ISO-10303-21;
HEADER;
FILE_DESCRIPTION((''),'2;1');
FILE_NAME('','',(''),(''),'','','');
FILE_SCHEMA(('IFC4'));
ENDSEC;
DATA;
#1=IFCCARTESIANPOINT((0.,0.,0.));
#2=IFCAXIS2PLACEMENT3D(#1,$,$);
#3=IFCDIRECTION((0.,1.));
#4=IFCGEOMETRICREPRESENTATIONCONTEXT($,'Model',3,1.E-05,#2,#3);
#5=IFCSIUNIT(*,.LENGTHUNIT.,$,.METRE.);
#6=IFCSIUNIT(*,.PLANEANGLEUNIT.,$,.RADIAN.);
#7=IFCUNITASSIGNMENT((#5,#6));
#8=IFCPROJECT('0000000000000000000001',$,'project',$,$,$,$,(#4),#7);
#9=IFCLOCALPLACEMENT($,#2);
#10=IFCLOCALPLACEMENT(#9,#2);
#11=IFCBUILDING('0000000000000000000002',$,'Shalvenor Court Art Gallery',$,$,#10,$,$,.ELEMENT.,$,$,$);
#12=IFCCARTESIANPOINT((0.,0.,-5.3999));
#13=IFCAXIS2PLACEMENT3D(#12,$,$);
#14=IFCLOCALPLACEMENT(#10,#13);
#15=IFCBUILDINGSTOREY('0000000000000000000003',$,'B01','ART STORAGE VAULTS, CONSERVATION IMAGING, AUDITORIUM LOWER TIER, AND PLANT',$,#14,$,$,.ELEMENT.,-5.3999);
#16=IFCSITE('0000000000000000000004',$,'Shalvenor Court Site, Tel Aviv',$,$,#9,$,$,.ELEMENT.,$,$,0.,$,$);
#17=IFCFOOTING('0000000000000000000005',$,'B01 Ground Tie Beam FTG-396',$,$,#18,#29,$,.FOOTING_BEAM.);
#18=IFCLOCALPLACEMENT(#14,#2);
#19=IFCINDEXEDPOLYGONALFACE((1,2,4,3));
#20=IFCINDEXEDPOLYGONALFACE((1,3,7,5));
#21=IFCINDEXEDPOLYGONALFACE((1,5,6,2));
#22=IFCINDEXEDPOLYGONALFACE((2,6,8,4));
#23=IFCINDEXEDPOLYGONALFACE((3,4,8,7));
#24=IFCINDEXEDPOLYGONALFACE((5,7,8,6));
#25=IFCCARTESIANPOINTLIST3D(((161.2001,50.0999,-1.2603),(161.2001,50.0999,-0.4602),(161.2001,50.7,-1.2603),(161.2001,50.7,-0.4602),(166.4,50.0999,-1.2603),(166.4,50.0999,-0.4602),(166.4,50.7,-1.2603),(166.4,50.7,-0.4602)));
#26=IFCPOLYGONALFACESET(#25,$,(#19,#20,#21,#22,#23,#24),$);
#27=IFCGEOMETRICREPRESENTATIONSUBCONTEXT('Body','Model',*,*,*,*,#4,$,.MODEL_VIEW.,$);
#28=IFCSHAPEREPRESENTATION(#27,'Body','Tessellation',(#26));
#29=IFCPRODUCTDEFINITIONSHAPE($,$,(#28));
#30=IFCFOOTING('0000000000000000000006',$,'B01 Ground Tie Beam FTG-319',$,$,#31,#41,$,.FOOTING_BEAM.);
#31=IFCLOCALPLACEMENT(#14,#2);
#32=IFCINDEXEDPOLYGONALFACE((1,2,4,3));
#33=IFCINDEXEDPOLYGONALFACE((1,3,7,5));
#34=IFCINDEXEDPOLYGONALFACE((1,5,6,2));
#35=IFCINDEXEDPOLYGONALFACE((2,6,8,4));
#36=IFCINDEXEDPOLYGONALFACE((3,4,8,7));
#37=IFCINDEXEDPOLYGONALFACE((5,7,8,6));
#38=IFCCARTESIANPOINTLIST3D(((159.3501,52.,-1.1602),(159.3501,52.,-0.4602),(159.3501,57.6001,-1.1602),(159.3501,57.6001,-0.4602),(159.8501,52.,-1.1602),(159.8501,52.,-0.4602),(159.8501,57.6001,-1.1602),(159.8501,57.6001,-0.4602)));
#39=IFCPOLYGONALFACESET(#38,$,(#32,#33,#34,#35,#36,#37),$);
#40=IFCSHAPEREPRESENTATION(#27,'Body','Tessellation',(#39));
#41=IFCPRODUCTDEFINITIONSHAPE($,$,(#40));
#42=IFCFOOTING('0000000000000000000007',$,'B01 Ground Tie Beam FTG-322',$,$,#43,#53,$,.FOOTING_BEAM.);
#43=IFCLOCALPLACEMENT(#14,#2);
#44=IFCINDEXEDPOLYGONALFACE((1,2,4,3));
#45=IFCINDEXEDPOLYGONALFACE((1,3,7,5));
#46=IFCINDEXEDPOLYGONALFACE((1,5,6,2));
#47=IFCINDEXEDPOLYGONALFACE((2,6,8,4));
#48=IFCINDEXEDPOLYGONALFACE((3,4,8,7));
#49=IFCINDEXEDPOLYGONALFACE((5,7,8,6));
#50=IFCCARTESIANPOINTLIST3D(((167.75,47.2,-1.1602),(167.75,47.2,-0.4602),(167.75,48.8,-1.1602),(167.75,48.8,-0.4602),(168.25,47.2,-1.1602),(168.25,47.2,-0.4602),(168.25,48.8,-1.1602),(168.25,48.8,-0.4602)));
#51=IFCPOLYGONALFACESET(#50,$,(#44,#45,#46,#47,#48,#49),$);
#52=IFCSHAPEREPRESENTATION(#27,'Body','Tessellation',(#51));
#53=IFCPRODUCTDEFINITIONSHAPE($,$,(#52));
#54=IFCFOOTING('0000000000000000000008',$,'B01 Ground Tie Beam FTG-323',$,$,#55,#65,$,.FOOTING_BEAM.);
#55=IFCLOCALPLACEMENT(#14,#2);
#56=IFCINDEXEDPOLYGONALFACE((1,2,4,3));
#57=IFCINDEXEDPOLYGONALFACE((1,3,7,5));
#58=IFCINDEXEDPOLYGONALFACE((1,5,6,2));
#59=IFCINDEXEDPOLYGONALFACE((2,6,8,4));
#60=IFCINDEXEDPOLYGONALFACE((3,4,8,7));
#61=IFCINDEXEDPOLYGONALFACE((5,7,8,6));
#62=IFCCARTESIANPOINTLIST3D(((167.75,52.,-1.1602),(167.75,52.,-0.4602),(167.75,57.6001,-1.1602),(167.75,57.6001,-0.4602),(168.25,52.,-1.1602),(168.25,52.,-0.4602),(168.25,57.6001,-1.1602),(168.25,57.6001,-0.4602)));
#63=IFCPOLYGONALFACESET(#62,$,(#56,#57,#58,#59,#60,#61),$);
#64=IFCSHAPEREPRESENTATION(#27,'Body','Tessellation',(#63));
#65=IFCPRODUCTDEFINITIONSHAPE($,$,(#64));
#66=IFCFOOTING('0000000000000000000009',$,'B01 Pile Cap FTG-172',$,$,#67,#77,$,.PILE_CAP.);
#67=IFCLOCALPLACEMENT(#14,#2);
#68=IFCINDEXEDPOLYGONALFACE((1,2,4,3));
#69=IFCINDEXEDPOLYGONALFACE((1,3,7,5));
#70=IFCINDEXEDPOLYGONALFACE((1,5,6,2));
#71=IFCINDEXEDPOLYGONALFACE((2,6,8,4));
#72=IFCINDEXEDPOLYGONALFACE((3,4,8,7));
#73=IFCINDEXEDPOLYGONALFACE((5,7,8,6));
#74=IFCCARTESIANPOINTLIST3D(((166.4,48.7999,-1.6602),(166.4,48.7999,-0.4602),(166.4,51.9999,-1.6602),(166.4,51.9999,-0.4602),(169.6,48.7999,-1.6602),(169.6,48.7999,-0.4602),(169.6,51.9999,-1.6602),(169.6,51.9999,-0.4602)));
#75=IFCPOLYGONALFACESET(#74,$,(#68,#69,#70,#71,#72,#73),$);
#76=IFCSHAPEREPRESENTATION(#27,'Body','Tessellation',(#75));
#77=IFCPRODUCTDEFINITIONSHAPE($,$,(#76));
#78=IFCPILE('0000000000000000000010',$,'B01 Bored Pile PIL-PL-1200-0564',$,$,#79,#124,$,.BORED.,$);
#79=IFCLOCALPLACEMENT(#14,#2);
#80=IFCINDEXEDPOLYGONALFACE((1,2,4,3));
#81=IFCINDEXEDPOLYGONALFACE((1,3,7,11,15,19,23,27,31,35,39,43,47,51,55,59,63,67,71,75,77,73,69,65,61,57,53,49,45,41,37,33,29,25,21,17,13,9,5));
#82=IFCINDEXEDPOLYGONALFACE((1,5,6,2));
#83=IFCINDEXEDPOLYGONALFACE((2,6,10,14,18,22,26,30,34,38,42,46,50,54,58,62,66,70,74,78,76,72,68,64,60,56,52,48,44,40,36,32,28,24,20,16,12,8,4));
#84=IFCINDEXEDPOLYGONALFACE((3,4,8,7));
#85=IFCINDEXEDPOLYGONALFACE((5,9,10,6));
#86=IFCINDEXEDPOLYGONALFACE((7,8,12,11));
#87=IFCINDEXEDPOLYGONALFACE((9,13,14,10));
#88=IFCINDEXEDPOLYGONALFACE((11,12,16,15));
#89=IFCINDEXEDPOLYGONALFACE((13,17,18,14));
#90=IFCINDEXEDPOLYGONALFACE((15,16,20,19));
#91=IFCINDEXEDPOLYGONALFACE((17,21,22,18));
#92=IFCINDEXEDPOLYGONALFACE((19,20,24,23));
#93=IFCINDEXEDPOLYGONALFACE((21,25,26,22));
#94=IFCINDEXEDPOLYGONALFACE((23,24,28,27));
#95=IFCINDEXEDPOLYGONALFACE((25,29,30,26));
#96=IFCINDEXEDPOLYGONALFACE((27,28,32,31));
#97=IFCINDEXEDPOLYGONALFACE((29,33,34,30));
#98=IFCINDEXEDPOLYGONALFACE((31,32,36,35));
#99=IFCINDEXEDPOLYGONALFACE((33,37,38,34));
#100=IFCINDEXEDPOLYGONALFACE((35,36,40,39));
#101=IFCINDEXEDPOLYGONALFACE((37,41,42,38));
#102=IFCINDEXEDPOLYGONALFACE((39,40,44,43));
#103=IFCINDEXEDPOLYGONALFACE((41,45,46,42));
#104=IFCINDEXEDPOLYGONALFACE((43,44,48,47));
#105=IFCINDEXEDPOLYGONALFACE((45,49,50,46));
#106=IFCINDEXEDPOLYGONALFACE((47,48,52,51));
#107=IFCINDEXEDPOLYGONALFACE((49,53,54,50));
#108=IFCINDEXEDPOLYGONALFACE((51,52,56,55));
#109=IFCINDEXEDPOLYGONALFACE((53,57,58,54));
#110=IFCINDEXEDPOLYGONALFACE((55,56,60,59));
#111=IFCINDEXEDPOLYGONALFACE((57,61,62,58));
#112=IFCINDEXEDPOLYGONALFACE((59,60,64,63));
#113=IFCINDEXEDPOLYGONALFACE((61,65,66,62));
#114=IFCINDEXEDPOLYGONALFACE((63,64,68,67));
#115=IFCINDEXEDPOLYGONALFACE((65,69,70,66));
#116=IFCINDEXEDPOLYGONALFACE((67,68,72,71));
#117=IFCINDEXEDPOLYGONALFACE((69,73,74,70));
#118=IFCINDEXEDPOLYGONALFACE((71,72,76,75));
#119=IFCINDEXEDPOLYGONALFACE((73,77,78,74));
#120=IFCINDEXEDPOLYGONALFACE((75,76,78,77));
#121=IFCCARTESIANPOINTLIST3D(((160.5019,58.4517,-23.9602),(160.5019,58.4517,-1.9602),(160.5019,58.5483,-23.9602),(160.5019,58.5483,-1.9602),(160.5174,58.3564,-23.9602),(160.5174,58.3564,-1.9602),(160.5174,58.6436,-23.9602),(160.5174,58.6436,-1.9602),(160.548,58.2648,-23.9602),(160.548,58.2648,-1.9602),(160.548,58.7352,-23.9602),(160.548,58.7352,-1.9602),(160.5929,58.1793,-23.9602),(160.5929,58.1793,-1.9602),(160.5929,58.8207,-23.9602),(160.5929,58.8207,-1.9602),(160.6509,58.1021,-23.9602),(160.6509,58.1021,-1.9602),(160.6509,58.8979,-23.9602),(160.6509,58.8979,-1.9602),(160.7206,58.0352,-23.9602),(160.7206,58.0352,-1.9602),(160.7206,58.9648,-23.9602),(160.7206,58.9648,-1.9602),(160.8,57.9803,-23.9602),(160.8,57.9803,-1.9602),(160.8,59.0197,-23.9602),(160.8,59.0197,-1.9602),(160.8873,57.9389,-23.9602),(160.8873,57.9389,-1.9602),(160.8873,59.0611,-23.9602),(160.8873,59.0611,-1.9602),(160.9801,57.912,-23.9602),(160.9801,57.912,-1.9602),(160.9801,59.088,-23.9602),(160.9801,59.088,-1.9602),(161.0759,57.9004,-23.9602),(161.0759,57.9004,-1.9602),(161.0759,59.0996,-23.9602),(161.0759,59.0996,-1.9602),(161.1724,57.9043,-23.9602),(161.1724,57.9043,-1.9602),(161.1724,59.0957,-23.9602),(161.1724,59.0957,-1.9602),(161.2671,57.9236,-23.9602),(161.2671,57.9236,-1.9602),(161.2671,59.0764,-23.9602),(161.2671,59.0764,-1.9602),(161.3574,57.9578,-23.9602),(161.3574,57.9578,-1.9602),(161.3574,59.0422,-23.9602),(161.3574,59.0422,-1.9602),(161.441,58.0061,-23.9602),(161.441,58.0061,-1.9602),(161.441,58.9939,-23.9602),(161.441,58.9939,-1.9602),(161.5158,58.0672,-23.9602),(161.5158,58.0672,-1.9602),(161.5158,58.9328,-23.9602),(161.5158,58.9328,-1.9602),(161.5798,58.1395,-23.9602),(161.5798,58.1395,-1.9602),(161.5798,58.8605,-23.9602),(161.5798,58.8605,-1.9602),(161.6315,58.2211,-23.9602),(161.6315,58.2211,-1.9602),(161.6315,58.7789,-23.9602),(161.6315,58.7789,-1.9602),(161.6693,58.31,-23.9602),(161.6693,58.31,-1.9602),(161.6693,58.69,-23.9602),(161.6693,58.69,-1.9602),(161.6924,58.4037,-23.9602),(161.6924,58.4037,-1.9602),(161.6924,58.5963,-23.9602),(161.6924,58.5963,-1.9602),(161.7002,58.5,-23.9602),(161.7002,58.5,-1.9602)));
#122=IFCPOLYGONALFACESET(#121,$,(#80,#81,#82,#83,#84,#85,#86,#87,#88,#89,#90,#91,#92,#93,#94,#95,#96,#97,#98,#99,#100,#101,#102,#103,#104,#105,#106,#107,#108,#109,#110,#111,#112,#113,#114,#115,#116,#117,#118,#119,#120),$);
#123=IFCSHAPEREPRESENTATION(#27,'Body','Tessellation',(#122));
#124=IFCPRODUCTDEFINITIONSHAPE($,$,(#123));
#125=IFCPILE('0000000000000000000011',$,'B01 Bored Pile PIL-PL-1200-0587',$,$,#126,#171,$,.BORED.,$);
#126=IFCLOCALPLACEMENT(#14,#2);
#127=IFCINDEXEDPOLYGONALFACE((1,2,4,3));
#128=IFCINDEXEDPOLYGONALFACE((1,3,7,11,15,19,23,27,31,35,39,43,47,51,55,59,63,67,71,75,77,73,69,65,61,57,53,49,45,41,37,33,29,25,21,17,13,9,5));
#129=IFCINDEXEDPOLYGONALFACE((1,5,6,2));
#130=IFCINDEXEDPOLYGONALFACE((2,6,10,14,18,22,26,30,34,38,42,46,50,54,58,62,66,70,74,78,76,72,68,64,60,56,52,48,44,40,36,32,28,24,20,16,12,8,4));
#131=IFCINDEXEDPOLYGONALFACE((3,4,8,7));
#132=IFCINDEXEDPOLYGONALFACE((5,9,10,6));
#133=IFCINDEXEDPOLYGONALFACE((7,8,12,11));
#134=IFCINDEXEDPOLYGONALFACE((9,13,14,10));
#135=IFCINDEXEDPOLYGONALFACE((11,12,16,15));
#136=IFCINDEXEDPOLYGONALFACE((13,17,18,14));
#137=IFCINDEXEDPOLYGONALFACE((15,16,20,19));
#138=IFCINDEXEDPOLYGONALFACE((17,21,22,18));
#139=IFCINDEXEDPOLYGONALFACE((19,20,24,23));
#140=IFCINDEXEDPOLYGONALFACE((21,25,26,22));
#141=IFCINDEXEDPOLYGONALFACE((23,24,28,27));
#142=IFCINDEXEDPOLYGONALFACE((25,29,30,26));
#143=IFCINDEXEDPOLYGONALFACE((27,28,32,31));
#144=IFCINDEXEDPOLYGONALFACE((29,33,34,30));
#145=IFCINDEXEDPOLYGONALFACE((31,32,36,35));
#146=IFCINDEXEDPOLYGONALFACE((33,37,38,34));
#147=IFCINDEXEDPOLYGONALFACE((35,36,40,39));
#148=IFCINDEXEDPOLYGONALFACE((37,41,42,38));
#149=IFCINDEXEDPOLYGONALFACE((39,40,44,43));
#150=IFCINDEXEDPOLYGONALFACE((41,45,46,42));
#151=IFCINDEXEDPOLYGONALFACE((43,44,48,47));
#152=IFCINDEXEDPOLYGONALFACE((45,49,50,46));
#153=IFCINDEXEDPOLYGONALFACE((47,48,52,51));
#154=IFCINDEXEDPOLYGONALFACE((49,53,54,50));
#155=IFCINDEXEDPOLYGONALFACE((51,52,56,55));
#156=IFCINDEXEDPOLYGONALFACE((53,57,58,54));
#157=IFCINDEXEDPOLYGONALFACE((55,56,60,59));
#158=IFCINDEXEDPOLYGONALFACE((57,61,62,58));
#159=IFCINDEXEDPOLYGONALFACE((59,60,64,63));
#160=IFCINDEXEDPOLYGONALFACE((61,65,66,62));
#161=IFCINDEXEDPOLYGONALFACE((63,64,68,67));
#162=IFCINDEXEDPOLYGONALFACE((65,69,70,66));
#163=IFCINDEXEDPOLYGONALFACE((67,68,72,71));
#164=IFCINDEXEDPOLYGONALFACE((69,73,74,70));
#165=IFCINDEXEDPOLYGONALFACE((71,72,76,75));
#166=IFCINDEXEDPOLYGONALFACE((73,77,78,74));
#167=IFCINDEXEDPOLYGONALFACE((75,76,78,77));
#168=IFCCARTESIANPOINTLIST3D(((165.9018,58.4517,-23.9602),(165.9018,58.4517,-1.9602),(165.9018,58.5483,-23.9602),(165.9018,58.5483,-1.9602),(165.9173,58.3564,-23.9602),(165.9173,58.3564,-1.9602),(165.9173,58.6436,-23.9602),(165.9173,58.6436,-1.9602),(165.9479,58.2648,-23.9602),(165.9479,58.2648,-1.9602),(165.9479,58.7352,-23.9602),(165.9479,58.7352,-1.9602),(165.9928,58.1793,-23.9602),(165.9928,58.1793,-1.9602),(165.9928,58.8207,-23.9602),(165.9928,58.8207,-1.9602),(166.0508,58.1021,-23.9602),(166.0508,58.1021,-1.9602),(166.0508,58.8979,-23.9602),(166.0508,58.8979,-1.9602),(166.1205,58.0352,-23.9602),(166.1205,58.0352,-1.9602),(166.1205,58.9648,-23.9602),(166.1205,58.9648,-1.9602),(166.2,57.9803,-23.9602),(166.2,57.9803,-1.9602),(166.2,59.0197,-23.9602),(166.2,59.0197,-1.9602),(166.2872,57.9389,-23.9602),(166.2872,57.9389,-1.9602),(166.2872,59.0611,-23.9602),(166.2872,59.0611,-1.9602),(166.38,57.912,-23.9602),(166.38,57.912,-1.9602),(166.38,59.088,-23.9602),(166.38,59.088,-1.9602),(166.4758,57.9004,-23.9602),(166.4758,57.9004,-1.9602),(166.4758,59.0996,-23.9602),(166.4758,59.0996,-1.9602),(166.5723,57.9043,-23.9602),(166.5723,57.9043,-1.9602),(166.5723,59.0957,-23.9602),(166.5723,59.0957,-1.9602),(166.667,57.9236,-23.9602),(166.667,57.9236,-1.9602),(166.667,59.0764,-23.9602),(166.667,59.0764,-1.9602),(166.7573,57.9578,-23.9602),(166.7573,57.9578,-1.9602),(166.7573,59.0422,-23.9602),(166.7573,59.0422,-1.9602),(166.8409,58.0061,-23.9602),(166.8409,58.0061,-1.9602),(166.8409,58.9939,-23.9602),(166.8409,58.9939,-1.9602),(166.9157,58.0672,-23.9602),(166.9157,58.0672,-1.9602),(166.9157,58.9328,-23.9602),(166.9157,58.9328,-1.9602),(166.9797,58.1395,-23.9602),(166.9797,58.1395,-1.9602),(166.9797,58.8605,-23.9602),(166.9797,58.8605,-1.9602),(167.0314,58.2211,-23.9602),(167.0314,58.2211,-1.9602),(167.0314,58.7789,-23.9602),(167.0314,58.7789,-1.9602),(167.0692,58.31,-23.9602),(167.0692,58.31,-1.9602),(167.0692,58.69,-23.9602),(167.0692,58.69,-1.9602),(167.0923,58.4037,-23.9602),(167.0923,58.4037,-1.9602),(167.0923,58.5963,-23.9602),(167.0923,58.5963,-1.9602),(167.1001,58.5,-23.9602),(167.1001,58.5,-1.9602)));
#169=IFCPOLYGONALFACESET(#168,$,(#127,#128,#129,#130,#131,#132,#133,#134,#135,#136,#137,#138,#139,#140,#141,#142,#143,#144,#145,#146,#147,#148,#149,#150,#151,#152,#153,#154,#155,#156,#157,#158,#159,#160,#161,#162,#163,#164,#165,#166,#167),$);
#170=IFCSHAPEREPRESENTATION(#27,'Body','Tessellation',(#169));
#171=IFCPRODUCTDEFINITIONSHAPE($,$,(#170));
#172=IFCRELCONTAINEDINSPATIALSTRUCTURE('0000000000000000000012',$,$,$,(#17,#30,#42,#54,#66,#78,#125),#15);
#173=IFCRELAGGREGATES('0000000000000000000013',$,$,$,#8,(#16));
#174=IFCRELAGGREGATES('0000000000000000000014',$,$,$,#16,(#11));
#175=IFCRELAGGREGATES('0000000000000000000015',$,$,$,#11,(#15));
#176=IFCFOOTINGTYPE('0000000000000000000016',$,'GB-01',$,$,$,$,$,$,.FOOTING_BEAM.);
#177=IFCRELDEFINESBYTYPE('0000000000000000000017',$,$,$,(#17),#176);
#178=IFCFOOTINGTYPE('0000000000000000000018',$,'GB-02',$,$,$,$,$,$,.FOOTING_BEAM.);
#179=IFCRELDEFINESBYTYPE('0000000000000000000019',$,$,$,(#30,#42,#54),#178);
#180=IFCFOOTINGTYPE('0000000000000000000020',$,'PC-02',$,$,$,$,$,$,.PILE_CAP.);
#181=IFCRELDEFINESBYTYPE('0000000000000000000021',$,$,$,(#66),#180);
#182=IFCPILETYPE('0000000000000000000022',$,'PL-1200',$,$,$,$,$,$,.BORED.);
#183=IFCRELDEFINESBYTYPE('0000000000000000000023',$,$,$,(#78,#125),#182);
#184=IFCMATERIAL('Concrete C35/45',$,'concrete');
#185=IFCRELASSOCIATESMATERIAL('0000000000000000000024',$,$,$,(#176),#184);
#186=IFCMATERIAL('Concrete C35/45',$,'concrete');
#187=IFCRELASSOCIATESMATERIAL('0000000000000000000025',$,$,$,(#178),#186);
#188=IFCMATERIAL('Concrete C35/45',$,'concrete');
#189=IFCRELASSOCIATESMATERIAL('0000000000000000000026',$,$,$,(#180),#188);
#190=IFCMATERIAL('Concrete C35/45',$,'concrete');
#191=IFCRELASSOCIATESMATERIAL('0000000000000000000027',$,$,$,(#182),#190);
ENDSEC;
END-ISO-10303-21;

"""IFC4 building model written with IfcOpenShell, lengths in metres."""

from ifc_helpers import new_model, si_unit, direction, frame, origin, origin_2d, place, context, subcontext, project, spatial, rectangle, circle, extrude, material, material_profile, profile_set, type_object, element, save


model = new_model("IFC4")

# Units and contexts
model_context = context("Model", 3, precision=1e-05, world=origin(), true_north=direction((0.0, 1.0)))
body_context = subcontext(model_context, "Body", "Model", "MODEL_VIEW")
ifc_project = project(units=[si_unit("LENGTHUNIT", "METRE"), si_unit("PLANEANGLEUNIT", "RADIAN")], contexts=[model_context])

# Site, building, storey
site_placement = place(None, origin())
site = spatial("IfcSite", under=ifc_project, at=site_placement, Name="Shalvenor Court Site, Tel Aviv", CompositionType="ELEMENT", RefElevation=0.0)
building_placement = place(site_placement, origin())
building = spatial("IfcBuilding", under=site, at=building_placement, Name="Shalvenor Court Art Gallery", CompositionType="ELEMENT")
storey_placement = place(building_placement, frame((0.0, 0.0, -5.3999)))
storey = spatial("IfcBuildingStorey", under=building, at=storey_placement, Name="B01", Description="ART STORAGE VAULTS, CONSERVATION IMAGING, AUDITORIUM LOWER TIER, AND PLANT", CompositionType="ELEMENT", Elevation=-5.3999)

# Footings
ifc_material_1 = material(Name="Concrete C35/45", Category="concrete")
footing_type_1 = type_object("IfcFootingType", Name="GB-01", PredefinedType="FOOTING_BEAM", material=ifc_material_1)
footing_1_placement = place(storey_placement, frame((163.8, 50.3999, -1.2603), z_axis=(0.0, 0.0, 1.0), x_axis=(1.0, 0.0, 0.0)))
element("IfcFooting", 1, at=footing_1_placement, inside=storey, type_object=footing_type_1, Name="B01 Ground Tie Beam FTG-396", PredefinedType="FOOTING_BEAM", context=body_context, shape_type="SweptSolid", body=[
    extrude(rectangle(XDim=5.2, YDim=0.6001, at=origin_2d()), origin(), (0.0, 0.0, 1.0), 0.8),
])
ifc_material_2 = material(Name="Concrete C35/45", Category="concrete")
footing_type_2 = type_object("IfcFootingType", Name="GB-02", PredefinedType="FOOTING_BEAM", material=ifc_material_2)
footing_2_placement = place(storey_placement, frame((159.6001, 54.8, -1.1602), z_axis=(0.0, 0.0, 1.0), x_axis=(0.0, 1.0, 0.0)))
element("IfcFooting", 2, at=footing_2_placement, inside=storey, type_object=footing_type_2, Name="B01 Ground Tie Beam FTG-319", PredefinedType="FOOTING_BEAM", context=body_context, shape_type="SweptSolid", body=[
    extrude(rectangle(XDim=5.6001, YDim=0.5, at=origin_2d()), origin(), (0.0, 0.0, 1.0), 0.7),
])
footing_3_placement = place(storey_placement, frame((168.0, 48.0, -1.1602), z_axis=(0.0, 0.0, 1.0), x_axis=(0.0, 1.0, 0.0)))
element("IfcFooting", 3, at=footing_3_placement, inside=storey, type_object=footing_type_2, Name="B01 Ground Tie Beam FTG-322", PredefinedType="FOOTING_BEAM", context=body_context, shape_type="SweptSolid", body=[
    extrude(rectangle(XDim=1.6001, YDim=0.5, at=origin_2d()), origin(), (0.0, 0.0, 1.0), 0.7),
])
footing_4_placement = place(storey_placement, frame((168.0, 54.8, -1.1602), z_axis=(0.0, 0.0, 1.0), x_axis=(0.0, 1.0, 0.0)))
element("IfcFooting", 4, at=footing_4_placement, inside=storey, type_object=footing_type_2, Name="B01 Ground Tie Beam FTG-323", PredefinedType="FOOTING_BEAM", context=body_context, shape_type="SweptSolid", body=[
    extrude(rectangle(XDim=5.6001, YDim=0.5, at=origin_2d()), origin(), (0.0, 0.0, 1.0), 0.7),
])
ifc_material_3 = material(Name="Concrete C35/45", Category="concrete")
footing_type_3 = type_object("IfcFootingType", Name="PC-02", PredefinedType="PILE_CAP", material=ifc_material_3)
footing_5_placement = place(storey_placement, frame((168.0, 50.3999, -1.6602), z_axis=(0.0, 0.0, 1.0), x_axis=(1.0, 0.0, 0.0)))
element("IfcFooting", 5, at=footing_5_placement, inside=storey, type_object=footing_type_3, Name="B01 Pile Cap FTG-172", PredefinedType="PILE_CAP", context=body_context, shape_type="SweptSolid", body=[
    extrude(rectangle(XDim=3.2, YDim=3.2, at=origin_2d()), origin(), (0.0, 0.0, 1.0), 1.2),
])

# Piles
ifc_material_4 = material(Name="Concrete C35/45", Category="concrete")
ifc_material_profile_1 = material_profile(ifc_material_4, circle(Radius=0.6001, at=origin_2d()), Name="PILE 1200")
ifc_profile_set_1 = profile_set([ifc_material_profile_1], Name="Concrete C35/45")
pile_type_1 = type_object("IfcPileType", Name="PL-1200", PredefinedType="BORED", material=ifc_profile_set_1)
for number, where, z_axis, x_axis, name in (
    (6, (161.1001, 58.5, -1.9602), (0.0, 0.0, -1.0), (1.0, 0.0, 0.0), "B01 Bored Pile PIL-PL-1200-0564"),
    (7, (166.5, 58.5, -1.9602), (0.0, 0.0, -1.0), (1.0, 0.0, 0.0), "B01 Bored Pile PIL-PL-1200-0587"),
):
    element("IfcPile", number, at=place(storey_placement, frame(where, z_axis=z_axis, x_axis=x_axis)), inside=storey, type_object=pile_type_1, Name=name, PredefinedType="BORED", context=body_context, shape_type="SweptSolid", body=[
        extrude(circle(Radius=0.6001, at=origin_2d()), origin(), (0.0, 0.0, 1.0), 22.0),
    ])

save(model, "model.ifc")
